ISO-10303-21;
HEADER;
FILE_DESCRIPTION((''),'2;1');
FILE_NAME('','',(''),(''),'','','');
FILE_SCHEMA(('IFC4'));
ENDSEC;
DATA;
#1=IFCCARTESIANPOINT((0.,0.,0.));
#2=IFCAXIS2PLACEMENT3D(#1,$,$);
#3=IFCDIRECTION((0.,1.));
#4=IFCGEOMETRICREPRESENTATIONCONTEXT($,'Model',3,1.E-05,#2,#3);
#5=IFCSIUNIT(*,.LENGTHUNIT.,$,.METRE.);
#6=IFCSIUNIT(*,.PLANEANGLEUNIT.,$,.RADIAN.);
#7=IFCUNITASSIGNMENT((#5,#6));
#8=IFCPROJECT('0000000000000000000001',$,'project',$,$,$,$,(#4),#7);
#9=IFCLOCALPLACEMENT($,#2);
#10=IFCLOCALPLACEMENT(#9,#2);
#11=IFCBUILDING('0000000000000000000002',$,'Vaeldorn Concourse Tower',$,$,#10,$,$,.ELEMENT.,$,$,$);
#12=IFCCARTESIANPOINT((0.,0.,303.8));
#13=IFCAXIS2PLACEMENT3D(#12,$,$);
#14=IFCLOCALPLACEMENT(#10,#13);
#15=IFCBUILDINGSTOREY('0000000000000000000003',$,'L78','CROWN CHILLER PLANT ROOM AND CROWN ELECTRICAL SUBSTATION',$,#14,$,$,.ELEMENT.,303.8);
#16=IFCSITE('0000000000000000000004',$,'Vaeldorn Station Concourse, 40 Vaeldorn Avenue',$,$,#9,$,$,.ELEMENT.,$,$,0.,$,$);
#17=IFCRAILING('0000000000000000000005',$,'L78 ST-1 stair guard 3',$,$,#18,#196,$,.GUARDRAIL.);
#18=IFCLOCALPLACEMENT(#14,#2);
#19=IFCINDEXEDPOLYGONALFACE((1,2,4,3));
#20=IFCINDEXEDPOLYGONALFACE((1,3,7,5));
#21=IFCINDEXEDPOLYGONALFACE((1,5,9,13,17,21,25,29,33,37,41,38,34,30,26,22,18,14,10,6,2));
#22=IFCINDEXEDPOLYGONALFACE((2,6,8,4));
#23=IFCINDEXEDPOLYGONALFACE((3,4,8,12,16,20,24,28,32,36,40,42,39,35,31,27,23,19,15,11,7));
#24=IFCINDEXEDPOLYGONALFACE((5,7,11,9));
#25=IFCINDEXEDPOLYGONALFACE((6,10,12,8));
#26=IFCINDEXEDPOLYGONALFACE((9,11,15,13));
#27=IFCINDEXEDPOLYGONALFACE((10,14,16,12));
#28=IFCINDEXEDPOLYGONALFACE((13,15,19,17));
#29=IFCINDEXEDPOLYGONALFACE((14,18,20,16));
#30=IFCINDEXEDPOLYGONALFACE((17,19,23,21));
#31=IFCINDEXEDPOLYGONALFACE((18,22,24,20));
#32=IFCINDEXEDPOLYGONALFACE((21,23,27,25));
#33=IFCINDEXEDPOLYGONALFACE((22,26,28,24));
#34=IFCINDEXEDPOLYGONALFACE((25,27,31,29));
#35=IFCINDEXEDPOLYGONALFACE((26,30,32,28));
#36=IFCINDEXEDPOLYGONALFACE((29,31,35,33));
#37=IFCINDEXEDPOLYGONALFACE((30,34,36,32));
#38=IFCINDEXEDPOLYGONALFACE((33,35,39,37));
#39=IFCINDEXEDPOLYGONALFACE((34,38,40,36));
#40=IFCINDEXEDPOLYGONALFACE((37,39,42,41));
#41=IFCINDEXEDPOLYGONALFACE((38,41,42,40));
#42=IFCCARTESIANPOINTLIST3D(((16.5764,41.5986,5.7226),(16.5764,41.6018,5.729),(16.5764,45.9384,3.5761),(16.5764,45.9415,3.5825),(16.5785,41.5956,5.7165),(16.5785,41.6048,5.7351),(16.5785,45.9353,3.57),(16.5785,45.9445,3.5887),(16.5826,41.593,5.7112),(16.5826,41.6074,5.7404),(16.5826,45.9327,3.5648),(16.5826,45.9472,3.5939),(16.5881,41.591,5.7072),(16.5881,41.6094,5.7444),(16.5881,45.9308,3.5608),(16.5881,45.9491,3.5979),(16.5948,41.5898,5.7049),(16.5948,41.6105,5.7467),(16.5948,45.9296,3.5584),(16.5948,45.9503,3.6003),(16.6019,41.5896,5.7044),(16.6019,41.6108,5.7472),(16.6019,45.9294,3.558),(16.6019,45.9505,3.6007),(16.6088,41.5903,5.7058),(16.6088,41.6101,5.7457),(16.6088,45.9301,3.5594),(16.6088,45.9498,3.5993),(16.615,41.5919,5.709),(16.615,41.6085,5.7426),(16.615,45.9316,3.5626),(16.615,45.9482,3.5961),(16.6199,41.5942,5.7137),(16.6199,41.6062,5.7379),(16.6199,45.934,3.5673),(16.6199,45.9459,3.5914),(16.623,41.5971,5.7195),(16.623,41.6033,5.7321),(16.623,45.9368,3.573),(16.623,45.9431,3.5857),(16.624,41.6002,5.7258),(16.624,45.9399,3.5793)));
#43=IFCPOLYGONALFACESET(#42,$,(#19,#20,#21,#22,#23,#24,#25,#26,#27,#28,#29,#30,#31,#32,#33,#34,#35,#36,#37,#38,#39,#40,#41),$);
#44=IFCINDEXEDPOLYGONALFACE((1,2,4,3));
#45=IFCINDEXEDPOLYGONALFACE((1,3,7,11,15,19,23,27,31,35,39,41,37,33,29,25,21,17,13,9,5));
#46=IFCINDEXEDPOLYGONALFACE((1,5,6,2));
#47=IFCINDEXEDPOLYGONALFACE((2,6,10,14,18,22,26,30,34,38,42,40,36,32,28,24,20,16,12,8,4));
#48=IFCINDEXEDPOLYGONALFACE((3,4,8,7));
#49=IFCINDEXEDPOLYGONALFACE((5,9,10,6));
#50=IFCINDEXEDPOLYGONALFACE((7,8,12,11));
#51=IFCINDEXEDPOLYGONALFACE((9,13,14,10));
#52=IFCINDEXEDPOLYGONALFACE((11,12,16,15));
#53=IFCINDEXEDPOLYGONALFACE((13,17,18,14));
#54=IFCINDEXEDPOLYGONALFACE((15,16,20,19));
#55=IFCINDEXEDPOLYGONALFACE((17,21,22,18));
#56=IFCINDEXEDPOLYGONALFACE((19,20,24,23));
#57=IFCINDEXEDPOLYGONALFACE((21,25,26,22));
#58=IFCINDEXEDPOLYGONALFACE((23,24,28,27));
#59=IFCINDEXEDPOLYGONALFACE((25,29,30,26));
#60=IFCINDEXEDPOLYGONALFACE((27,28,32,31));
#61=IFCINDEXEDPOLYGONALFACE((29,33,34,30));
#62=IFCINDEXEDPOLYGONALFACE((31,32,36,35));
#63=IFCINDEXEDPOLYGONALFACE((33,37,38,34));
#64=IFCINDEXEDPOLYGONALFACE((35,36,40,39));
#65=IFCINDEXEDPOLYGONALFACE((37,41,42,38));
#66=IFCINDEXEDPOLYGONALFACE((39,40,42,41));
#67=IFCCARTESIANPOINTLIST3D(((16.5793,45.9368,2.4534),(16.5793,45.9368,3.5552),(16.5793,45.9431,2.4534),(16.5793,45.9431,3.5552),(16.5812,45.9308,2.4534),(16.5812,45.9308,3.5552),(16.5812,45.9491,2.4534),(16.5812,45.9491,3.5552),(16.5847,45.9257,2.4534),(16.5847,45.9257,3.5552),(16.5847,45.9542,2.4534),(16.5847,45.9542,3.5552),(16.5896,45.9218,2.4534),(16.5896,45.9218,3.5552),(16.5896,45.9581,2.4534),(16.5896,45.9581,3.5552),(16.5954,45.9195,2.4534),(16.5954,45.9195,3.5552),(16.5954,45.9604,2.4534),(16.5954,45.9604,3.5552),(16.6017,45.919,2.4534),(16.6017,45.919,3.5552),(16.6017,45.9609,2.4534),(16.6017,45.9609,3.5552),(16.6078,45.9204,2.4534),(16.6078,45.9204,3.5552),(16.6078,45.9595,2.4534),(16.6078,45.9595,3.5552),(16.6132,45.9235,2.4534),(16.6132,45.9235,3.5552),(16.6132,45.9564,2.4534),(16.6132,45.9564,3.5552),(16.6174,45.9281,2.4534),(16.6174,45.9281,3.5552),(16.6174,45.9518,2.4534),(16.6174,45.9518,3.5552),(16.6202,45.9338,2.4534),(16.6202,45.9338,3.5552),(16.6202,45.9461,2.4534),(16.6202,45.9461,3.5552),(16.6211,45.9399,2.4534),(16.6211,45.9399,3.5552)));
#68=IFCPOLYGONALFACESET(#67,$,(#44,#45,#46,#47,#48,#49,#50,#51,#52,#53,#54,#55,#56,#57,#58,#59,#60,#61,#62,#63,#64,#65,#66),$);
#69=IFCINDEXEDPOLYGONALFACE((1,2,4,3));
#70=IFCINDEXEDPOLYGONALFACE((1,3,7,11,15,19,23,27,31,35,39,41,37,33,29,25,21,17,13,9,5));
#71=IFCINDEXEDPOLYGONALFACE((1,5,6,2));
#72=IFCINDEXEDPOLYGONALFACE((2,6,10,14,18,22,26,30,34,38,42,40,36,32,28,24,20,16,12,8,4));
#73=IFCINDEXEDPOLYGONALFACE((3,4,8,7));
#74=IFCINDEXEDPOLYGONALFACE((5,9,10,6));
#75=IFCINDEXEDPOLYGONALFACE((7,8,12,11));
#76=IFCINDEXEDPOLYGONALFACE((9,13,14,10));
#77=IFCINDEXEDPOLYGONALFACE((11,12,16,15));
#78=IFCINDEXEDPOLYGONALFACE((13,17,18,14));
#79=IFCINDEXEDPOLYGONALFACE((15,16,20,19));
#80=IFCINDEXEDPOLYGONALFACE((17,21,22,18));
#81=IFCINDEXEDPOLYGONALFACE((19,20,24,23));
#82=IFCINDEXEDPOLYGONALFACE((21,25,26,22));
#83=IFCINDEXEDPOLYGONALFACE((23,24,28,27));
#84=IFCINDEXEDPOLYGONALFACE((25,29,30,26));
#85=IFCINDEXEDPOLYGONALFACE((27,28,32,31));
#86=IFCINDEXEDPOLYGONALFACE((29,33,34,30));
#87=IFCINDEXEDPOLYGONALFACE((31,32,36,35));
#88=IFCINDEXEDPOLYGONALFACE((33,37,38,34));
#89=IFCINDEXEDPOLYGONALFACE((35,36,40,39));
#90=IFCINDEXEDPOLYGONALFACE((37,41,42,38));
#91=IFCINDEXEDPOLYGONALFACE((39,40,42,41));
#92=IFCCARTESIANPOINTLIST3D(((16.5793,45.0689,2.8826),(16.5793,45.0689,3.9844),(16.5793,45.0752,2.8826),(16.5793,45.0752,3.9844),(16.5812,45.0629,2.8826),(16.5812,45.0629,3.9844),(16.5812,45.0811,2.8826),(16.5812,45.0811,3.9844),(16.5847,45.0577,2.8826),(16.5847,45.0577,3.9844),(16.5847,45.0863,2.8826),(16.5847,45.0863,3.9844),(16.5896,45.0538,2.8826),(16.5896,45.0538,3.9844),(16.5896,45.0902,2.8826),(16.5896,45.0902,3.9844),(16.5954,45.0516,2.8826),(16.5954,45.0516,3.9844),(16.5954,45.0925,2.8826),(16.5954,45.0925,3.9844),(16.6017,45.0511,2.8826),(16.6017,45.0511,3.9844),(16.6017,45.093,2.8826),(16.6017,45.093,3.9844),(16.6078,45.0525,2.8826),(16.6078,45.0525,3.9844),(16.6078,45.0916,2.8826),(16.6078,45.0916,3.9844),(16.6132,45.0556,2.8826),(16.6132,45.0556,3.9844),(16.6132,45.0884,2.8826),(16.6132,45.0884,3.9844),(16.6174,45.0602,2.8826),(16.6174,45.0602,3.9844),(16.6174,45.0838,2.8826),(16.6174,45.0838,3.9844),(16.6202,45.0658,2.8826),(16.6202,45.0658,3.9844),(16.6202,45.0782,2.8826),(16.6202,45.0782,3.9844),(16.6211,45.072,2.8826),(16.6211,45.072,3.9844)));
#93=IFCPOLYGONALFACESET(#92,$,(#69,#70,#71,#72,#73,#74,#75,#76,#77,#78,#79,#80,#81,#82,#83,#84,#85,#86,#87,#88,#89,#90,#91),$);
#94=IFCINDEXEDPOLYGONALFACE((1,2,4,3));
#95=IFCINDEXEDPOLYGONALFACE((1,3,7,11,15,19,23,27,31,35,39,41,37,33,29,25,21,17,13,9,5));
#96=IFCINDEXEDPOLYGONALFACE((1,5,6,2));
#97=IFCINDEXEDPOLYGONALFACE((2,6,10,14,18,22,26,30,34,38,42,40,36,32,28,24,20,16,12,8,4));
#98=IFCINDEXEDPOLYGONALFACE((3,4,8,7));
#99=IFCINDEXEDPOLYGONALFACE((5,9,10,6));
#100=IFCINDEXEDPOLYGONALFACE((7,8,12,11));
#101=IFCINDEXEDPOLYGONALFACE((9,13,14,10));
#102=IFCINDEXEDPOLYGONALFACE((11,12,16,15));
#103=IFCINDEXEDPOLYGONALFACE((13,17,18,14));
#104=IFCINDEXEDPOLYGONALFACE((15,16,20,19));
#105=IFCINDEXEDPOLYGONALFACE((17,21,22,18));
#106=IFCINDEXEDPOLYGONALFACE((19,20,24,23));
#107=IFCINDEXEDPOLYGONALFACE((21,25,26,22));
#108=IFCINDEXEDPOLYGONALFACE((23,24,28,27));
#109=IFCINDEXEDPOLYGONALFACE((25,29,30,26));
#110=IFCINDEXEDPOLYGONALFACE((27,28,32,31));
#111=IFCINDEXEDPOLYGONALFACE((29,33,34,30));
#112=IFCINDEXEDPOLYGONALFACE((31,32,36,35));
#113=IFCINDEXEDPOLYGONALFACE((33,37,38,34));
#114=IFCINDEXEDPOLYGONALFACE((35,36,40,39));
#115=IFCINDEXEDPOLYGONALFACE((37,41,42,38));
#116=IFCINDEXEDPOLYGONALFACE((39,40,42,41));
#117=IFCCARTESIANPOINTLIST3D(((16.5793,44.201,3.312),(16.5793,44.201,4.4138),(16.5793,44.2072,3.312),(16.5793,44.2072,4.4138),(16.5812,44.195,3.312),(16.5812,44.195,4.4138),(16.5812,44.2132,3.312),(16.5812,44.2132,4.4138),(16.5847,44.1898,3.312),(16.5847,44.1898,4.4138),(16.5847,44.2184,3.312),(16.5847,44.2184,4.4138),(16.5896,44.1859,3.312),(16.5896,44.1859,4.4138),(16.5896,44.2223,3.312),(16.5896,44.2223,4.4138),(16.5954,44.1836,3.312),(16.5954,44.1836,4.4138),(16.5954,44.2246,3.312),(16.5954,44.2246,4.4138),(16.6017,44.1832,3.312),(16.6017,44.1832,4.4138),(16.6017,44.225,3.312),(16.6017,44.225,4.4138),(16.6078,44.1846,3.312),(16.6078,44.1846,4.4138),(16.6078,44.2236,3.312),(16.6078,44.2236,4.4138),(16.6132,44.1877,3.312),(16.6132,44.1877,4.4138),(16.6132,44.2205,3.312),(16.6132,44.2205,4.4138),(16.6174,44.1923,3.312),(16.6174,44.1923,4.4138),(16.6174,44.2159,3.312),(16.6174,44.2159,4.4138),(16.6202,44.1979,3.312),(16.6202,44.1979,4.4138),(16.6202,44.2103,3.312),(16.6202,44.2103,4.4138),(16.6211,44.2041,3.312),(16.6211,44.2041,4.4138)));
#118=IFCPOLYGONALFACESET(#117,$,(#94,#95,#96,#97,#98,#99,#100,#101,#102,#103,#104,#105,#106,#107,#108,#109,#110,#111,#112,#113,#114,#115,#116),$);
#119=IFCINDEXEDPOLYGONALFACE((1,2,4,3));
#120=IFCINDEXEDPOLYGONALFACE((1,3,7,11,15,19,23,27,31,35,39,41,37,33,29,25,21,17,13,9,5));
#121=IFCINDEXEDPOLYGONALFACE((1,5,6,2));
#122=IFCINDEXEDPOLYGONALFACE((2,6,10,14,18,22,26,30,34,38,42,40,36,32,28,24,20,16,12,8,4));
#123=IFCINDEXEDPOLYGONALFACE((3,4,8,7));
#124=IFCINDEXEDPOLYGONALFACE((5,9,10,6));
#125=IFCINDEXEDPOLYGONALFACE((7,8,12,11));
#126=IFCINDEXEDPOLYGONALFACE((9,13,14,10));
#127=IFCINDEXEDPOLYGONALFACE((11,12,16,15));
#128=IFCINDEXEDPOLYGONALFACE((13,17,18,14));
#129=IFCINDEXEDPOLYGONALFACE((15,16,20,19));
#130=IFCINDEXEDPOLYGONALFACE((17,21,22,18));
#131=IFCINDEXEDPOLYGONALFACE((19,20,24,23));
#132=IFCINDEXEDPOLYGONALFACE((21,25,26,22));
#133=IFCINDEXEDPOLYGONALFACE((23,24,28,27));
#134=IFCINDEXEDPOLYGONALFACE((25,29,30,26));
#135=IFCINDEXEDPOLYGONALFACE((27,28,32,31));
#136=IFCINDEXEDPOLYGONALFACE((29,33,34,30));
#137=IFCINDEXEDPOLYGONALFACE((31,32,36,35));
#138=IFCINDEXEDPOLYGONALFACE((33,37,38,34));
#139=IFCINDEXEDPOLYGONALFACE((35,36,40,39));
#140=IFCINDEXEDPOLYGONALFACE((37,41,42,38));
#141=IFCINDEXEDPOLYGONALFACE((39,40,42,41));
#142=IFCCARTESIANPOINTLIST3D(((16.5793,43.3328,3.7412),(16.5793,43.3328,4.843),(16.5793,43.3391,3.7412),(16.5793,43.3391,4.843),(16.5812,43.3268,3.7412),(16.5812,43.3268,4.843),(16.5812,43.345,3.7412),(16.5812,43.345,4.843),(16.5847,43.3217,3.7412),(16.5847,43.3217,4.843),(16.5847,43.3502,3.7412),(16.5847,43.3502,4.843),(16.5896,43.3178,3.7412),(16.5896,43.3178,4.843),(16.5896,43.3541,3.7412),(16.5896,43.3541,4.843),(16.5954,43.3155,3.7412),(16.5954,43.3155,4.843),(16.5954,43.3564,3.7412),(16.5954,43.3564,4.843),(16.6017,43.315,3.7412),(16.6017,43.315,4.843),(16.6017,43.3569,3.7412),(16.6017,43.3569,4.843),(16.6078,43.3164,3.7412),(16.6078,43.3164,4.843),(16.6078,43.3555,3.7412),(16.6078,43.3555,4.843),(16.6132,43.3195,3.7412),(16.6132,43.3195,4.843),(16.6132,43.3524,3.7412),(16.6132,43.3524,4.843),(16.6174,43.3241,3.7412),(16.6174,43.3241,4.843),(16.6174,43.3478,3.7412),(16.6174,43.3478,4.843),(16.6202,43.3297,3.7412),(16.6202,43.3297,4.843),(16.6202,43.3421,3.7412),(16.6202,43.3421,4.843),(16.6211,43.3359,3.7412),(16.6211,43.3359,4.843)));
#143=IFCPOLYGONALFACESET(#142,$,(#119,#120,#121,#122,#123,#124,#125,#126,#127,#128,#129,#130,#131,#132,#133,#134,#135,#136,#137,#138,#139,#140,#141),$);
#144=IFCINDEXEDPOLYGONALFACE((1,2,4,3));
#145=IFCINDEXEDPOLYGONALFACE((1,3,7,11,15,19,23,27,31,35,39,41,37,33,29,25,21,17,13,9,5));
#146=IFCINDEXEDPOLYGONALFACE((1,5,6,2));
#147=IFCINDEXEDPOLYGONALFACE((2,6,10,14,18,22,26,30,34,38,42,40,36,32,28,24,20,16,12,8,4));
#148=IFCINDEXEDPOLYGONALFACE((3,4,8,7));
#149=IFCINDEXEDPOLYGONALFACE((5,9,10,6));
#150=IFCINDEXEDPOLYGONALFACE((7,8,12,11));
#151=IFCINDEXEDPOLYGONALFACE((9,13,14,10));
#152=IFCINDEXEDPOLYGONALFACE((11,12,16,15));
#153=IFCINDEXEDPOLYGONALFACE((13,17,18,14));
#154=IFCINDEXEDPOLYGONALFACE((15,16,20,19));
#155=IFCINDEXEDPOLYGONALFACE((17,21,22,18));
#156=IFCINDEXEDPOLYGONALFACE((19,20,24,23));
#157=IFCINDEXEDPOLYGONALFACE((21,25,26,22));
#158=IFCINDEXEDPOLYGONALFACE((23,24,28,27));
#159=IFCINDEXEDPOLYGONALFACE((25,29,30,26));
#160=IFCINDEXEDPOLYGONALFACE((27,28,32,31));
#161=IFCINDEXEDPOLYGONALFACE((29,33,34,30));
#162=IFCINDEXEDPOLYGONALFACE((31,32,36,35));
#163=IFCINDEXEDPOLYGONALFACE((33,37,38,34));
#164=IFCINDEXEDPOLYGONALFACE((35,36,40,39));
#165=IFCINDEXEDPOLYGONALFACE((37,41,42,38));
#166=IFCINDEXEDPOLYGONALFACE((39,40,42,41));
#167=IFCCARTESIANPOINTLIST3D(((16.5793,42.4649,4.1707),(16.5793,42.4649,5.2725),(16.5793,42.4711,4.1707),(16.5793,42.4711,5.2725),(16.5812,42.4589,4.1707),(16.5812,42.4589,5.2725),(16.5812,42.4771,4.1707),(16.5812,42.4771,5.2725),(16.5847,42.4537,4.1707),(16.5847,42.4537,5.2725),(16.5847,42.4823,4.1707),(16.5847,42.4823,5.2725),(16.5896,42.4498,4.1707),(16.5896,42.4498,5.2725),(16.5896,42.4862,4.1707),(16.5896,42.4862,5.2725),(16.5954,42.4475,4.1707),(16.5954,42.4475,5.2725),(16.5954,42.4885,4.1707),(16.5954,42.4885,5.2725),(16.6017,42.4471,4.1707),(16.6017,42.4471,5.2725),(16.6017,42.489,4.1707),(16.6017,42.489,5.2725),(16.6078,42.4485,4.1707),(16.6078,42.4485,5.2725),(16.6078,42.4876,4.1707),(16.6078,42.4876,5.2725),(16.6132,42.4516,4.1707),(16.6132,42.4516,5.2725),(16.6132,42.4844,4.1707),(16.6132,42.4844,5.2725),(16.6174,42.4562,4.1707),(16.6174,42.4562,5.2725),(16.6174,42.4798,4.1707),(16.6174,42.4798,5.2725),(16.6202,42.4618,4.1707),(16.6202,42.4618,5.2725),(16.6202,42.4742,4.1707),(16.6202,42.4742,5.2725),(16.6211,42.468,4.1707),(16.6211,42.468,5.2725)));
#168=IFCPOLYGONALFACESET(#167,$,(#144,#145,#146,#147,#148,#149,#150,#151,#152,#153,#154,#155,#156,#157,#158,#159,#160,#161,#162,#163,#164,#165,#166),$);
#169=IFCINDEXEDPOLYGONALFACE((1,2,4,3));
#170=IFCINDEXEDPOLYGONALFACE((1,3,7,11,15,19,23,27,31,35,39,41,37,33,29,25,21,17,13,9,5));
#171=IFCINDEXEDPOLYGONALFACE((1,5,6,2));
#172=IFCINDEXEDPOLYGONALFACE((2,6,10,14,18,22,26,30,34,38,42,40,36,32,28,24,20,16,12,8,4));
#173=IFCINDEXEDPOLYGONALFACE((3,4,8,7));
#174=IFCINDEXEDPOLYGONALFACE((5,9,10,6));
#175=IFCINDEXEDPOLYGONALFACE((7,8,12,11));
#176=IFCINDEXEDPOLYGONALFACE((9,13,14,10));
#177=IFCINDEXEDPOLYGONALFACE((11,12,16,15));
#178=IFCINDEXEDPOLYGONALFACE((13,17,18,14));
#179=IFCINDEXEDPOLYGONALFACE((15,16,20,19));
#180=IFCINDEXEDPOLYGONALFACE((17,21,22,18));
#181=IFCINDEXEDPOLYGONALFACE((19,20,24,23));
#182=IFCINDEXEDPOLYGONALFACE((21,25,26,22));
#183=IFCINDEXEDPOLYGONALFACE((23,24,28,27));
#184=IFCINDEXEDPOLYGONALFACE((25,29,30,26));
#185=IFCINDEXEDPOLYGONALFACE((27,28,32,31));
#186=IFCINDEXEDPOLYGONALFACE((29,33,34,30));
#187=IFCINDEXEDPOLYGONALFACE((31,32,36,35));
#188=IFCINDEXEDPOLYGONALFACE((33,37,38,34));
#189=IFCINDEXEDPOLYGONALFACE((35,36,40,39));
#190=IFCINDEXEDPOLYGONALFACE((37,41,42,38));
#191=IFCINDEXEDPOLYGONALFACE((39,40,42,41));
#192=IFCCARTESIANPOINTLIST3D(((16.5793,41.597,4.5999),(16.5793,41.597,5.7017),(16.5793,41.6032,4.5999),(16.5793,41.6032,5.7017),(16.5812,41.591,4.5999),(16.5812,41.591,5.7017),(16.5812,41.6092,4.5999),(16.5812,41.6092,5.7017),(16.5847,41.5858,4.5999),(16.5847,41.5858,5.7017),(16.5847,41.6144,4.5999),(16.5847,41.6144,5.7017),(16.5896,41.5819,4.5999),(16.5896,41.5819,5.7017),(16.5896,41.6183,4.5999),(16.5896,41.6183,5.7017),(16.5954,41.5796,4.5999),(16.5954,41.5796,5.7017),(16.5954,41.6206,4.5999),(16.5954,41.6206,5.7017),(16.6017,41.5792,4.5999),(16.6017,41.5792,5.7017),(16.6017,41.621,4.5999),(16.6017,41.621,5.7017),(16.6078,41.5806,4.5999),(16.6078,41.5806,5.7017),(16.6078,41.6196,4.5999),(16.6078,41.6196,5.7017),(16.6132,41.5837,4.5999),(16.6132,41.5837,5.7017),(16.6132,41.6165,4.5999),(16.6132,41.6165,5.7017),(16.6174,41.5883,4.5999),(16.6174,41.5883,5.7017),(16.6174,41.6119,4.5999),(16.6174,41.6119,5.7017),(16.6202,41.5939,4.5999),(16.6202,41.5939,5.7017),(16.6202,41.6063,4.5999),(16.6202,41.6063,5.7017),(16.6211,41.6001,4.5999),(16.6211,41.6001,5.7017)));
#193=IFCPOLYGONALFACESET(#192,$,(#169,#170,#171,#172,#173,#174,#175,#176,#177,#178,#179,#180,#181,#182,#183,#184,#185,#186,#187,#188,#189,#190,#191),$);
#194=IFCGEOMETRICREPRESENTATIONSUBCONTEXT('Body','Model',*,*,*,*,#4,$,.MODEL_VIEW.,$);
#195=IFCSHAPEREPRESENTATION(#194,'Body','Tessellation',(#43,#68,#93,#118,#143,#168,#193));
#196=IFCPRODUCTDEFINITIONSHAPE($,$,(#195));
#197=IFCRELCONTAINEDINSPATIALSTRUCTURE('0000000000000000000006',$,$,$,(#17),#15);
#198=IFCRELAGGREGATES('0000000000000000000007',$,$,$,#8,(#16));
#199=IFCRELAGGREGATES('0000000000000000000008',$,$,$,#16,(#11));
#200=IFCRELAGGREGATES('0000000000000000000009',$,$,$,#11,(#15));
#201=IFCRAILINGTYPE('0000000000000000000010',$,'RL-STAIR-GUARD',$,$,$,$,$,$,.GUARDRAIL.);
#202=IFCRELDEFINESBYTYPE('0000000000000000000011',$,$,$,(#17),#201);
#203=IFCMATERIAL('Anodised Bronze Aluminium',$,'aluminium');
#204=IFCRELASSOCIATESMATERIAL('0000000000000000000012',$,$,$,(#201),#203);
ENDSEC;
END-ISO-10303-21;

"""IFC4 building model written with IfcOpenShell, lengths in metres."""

from ifc_helpers import new_model, si_unit, direction, frame, origin, origin_2d, place, context, subcontext, project, spatial, circle, extrude, material, type_object, element, save


model = new_model("IFC4")

# Units and contexts
model_context = context("Model", 3, precision=1e-05, world=origin(), true_north=direction((0.0, 1.0)))
body_context = subcontext(model_context, "Body", "Model", "MODEL_VIEW")
ifc_project = project(units=[si_unit("LENGTHUNIT", "METRE"), si_unit("PLANEANGLEUNIT", "RADIAN")], contexts=[model_context])

# Site, building, storey
site_placement = place(None, origin())
site = spatial("IfcSite", under=ifc_project, at=site_placement, Name="Vaeldorn Station Concourse, 40 Vaeldorn Avenue", CompositionType="ELEMENT", RefElevation=0.0)
building_placement = place(site_placement, origin())
building = spatial("IfcBuilding", under=site, at=building_placement, Name="Vaeldorn Concourse Tower", CompositionType="ELEMENT")
storey_placement = place(building_placement, frame((0.0, 0.0, 303.8)))
storey = spatial("IfcBuildingStorey", under=building, at=storey_placement, Name="L78", Description="CROWN CHILLER PLANT ROOM AND CROWN ELECTRICAL SUBSTATION", CompositionType="ELEMENT", Elevation=303.8)

# Shared definitions
ifc_material_1 = material(Name="Anodised Bronze Aluminium", Category="aluminium")

# Railing
railing_type_1 = type_object("IfcRailingType", Name="RL-STAIR-GUARD", PredefinedType="GUARDRAIL", material=ifc_material_1)
railing_1_placement = place(storey_placement, frame((16.6001, 45.9399, 2.4534)))
element("IfcRailing", 1, at=railing_1_placement, inside=storey, type_object=railing_type_1, Name="L78 ST-1 stair guard 3", PredefinedType="GUARDRAIL", context=body_context, shape_type="SweptSolid", body=[
    extrude(circle(Radius=0.0239, at=origin_2d()), frame((0.0, 0.0, 1.126), z_axis=(0.0, -0.896355, 0.443337), x_axis=(1.0, 0.0, 0.0)), (0.0, 0.0, 1.0), 4.8416),
    extrude(circle(Radius=0.021, at=origin_2d()), origin(), (0.0, 0.0, 1.0), 1.1018),
    extrude(circle(Radius=0.021, at=origin_2d()), frame((0.0, -0.8679, 0.4292)), (0.0, 0.0, 1.0), 1.1018),
    extrude(circle(Radius=0.021, at=origin_2d()), frame((0.0, -1.7358, 0.8586)), (0.0, 0.0, 1.0), 1.1018),
    extrude(circle(Radius=0.021, at=origin_2d()), frame((0.0, -2.604, 1.2878)), (0.0, 0.0, 1.0), 1.1018),
    extrude(circle(Radius=0.021, at=origin_2d()), frame((0.0, -3.4719, 1.7173)), (0.0, 0.0, 1.0), 1.1018),
    extrude(circle(Radius=0.021, at=origin_2d()), frame((0.0, -4.3398, 2.1465)), (0.0, 0.0, 1.0), 1.1018),
])

save(model, "model.ifc")
